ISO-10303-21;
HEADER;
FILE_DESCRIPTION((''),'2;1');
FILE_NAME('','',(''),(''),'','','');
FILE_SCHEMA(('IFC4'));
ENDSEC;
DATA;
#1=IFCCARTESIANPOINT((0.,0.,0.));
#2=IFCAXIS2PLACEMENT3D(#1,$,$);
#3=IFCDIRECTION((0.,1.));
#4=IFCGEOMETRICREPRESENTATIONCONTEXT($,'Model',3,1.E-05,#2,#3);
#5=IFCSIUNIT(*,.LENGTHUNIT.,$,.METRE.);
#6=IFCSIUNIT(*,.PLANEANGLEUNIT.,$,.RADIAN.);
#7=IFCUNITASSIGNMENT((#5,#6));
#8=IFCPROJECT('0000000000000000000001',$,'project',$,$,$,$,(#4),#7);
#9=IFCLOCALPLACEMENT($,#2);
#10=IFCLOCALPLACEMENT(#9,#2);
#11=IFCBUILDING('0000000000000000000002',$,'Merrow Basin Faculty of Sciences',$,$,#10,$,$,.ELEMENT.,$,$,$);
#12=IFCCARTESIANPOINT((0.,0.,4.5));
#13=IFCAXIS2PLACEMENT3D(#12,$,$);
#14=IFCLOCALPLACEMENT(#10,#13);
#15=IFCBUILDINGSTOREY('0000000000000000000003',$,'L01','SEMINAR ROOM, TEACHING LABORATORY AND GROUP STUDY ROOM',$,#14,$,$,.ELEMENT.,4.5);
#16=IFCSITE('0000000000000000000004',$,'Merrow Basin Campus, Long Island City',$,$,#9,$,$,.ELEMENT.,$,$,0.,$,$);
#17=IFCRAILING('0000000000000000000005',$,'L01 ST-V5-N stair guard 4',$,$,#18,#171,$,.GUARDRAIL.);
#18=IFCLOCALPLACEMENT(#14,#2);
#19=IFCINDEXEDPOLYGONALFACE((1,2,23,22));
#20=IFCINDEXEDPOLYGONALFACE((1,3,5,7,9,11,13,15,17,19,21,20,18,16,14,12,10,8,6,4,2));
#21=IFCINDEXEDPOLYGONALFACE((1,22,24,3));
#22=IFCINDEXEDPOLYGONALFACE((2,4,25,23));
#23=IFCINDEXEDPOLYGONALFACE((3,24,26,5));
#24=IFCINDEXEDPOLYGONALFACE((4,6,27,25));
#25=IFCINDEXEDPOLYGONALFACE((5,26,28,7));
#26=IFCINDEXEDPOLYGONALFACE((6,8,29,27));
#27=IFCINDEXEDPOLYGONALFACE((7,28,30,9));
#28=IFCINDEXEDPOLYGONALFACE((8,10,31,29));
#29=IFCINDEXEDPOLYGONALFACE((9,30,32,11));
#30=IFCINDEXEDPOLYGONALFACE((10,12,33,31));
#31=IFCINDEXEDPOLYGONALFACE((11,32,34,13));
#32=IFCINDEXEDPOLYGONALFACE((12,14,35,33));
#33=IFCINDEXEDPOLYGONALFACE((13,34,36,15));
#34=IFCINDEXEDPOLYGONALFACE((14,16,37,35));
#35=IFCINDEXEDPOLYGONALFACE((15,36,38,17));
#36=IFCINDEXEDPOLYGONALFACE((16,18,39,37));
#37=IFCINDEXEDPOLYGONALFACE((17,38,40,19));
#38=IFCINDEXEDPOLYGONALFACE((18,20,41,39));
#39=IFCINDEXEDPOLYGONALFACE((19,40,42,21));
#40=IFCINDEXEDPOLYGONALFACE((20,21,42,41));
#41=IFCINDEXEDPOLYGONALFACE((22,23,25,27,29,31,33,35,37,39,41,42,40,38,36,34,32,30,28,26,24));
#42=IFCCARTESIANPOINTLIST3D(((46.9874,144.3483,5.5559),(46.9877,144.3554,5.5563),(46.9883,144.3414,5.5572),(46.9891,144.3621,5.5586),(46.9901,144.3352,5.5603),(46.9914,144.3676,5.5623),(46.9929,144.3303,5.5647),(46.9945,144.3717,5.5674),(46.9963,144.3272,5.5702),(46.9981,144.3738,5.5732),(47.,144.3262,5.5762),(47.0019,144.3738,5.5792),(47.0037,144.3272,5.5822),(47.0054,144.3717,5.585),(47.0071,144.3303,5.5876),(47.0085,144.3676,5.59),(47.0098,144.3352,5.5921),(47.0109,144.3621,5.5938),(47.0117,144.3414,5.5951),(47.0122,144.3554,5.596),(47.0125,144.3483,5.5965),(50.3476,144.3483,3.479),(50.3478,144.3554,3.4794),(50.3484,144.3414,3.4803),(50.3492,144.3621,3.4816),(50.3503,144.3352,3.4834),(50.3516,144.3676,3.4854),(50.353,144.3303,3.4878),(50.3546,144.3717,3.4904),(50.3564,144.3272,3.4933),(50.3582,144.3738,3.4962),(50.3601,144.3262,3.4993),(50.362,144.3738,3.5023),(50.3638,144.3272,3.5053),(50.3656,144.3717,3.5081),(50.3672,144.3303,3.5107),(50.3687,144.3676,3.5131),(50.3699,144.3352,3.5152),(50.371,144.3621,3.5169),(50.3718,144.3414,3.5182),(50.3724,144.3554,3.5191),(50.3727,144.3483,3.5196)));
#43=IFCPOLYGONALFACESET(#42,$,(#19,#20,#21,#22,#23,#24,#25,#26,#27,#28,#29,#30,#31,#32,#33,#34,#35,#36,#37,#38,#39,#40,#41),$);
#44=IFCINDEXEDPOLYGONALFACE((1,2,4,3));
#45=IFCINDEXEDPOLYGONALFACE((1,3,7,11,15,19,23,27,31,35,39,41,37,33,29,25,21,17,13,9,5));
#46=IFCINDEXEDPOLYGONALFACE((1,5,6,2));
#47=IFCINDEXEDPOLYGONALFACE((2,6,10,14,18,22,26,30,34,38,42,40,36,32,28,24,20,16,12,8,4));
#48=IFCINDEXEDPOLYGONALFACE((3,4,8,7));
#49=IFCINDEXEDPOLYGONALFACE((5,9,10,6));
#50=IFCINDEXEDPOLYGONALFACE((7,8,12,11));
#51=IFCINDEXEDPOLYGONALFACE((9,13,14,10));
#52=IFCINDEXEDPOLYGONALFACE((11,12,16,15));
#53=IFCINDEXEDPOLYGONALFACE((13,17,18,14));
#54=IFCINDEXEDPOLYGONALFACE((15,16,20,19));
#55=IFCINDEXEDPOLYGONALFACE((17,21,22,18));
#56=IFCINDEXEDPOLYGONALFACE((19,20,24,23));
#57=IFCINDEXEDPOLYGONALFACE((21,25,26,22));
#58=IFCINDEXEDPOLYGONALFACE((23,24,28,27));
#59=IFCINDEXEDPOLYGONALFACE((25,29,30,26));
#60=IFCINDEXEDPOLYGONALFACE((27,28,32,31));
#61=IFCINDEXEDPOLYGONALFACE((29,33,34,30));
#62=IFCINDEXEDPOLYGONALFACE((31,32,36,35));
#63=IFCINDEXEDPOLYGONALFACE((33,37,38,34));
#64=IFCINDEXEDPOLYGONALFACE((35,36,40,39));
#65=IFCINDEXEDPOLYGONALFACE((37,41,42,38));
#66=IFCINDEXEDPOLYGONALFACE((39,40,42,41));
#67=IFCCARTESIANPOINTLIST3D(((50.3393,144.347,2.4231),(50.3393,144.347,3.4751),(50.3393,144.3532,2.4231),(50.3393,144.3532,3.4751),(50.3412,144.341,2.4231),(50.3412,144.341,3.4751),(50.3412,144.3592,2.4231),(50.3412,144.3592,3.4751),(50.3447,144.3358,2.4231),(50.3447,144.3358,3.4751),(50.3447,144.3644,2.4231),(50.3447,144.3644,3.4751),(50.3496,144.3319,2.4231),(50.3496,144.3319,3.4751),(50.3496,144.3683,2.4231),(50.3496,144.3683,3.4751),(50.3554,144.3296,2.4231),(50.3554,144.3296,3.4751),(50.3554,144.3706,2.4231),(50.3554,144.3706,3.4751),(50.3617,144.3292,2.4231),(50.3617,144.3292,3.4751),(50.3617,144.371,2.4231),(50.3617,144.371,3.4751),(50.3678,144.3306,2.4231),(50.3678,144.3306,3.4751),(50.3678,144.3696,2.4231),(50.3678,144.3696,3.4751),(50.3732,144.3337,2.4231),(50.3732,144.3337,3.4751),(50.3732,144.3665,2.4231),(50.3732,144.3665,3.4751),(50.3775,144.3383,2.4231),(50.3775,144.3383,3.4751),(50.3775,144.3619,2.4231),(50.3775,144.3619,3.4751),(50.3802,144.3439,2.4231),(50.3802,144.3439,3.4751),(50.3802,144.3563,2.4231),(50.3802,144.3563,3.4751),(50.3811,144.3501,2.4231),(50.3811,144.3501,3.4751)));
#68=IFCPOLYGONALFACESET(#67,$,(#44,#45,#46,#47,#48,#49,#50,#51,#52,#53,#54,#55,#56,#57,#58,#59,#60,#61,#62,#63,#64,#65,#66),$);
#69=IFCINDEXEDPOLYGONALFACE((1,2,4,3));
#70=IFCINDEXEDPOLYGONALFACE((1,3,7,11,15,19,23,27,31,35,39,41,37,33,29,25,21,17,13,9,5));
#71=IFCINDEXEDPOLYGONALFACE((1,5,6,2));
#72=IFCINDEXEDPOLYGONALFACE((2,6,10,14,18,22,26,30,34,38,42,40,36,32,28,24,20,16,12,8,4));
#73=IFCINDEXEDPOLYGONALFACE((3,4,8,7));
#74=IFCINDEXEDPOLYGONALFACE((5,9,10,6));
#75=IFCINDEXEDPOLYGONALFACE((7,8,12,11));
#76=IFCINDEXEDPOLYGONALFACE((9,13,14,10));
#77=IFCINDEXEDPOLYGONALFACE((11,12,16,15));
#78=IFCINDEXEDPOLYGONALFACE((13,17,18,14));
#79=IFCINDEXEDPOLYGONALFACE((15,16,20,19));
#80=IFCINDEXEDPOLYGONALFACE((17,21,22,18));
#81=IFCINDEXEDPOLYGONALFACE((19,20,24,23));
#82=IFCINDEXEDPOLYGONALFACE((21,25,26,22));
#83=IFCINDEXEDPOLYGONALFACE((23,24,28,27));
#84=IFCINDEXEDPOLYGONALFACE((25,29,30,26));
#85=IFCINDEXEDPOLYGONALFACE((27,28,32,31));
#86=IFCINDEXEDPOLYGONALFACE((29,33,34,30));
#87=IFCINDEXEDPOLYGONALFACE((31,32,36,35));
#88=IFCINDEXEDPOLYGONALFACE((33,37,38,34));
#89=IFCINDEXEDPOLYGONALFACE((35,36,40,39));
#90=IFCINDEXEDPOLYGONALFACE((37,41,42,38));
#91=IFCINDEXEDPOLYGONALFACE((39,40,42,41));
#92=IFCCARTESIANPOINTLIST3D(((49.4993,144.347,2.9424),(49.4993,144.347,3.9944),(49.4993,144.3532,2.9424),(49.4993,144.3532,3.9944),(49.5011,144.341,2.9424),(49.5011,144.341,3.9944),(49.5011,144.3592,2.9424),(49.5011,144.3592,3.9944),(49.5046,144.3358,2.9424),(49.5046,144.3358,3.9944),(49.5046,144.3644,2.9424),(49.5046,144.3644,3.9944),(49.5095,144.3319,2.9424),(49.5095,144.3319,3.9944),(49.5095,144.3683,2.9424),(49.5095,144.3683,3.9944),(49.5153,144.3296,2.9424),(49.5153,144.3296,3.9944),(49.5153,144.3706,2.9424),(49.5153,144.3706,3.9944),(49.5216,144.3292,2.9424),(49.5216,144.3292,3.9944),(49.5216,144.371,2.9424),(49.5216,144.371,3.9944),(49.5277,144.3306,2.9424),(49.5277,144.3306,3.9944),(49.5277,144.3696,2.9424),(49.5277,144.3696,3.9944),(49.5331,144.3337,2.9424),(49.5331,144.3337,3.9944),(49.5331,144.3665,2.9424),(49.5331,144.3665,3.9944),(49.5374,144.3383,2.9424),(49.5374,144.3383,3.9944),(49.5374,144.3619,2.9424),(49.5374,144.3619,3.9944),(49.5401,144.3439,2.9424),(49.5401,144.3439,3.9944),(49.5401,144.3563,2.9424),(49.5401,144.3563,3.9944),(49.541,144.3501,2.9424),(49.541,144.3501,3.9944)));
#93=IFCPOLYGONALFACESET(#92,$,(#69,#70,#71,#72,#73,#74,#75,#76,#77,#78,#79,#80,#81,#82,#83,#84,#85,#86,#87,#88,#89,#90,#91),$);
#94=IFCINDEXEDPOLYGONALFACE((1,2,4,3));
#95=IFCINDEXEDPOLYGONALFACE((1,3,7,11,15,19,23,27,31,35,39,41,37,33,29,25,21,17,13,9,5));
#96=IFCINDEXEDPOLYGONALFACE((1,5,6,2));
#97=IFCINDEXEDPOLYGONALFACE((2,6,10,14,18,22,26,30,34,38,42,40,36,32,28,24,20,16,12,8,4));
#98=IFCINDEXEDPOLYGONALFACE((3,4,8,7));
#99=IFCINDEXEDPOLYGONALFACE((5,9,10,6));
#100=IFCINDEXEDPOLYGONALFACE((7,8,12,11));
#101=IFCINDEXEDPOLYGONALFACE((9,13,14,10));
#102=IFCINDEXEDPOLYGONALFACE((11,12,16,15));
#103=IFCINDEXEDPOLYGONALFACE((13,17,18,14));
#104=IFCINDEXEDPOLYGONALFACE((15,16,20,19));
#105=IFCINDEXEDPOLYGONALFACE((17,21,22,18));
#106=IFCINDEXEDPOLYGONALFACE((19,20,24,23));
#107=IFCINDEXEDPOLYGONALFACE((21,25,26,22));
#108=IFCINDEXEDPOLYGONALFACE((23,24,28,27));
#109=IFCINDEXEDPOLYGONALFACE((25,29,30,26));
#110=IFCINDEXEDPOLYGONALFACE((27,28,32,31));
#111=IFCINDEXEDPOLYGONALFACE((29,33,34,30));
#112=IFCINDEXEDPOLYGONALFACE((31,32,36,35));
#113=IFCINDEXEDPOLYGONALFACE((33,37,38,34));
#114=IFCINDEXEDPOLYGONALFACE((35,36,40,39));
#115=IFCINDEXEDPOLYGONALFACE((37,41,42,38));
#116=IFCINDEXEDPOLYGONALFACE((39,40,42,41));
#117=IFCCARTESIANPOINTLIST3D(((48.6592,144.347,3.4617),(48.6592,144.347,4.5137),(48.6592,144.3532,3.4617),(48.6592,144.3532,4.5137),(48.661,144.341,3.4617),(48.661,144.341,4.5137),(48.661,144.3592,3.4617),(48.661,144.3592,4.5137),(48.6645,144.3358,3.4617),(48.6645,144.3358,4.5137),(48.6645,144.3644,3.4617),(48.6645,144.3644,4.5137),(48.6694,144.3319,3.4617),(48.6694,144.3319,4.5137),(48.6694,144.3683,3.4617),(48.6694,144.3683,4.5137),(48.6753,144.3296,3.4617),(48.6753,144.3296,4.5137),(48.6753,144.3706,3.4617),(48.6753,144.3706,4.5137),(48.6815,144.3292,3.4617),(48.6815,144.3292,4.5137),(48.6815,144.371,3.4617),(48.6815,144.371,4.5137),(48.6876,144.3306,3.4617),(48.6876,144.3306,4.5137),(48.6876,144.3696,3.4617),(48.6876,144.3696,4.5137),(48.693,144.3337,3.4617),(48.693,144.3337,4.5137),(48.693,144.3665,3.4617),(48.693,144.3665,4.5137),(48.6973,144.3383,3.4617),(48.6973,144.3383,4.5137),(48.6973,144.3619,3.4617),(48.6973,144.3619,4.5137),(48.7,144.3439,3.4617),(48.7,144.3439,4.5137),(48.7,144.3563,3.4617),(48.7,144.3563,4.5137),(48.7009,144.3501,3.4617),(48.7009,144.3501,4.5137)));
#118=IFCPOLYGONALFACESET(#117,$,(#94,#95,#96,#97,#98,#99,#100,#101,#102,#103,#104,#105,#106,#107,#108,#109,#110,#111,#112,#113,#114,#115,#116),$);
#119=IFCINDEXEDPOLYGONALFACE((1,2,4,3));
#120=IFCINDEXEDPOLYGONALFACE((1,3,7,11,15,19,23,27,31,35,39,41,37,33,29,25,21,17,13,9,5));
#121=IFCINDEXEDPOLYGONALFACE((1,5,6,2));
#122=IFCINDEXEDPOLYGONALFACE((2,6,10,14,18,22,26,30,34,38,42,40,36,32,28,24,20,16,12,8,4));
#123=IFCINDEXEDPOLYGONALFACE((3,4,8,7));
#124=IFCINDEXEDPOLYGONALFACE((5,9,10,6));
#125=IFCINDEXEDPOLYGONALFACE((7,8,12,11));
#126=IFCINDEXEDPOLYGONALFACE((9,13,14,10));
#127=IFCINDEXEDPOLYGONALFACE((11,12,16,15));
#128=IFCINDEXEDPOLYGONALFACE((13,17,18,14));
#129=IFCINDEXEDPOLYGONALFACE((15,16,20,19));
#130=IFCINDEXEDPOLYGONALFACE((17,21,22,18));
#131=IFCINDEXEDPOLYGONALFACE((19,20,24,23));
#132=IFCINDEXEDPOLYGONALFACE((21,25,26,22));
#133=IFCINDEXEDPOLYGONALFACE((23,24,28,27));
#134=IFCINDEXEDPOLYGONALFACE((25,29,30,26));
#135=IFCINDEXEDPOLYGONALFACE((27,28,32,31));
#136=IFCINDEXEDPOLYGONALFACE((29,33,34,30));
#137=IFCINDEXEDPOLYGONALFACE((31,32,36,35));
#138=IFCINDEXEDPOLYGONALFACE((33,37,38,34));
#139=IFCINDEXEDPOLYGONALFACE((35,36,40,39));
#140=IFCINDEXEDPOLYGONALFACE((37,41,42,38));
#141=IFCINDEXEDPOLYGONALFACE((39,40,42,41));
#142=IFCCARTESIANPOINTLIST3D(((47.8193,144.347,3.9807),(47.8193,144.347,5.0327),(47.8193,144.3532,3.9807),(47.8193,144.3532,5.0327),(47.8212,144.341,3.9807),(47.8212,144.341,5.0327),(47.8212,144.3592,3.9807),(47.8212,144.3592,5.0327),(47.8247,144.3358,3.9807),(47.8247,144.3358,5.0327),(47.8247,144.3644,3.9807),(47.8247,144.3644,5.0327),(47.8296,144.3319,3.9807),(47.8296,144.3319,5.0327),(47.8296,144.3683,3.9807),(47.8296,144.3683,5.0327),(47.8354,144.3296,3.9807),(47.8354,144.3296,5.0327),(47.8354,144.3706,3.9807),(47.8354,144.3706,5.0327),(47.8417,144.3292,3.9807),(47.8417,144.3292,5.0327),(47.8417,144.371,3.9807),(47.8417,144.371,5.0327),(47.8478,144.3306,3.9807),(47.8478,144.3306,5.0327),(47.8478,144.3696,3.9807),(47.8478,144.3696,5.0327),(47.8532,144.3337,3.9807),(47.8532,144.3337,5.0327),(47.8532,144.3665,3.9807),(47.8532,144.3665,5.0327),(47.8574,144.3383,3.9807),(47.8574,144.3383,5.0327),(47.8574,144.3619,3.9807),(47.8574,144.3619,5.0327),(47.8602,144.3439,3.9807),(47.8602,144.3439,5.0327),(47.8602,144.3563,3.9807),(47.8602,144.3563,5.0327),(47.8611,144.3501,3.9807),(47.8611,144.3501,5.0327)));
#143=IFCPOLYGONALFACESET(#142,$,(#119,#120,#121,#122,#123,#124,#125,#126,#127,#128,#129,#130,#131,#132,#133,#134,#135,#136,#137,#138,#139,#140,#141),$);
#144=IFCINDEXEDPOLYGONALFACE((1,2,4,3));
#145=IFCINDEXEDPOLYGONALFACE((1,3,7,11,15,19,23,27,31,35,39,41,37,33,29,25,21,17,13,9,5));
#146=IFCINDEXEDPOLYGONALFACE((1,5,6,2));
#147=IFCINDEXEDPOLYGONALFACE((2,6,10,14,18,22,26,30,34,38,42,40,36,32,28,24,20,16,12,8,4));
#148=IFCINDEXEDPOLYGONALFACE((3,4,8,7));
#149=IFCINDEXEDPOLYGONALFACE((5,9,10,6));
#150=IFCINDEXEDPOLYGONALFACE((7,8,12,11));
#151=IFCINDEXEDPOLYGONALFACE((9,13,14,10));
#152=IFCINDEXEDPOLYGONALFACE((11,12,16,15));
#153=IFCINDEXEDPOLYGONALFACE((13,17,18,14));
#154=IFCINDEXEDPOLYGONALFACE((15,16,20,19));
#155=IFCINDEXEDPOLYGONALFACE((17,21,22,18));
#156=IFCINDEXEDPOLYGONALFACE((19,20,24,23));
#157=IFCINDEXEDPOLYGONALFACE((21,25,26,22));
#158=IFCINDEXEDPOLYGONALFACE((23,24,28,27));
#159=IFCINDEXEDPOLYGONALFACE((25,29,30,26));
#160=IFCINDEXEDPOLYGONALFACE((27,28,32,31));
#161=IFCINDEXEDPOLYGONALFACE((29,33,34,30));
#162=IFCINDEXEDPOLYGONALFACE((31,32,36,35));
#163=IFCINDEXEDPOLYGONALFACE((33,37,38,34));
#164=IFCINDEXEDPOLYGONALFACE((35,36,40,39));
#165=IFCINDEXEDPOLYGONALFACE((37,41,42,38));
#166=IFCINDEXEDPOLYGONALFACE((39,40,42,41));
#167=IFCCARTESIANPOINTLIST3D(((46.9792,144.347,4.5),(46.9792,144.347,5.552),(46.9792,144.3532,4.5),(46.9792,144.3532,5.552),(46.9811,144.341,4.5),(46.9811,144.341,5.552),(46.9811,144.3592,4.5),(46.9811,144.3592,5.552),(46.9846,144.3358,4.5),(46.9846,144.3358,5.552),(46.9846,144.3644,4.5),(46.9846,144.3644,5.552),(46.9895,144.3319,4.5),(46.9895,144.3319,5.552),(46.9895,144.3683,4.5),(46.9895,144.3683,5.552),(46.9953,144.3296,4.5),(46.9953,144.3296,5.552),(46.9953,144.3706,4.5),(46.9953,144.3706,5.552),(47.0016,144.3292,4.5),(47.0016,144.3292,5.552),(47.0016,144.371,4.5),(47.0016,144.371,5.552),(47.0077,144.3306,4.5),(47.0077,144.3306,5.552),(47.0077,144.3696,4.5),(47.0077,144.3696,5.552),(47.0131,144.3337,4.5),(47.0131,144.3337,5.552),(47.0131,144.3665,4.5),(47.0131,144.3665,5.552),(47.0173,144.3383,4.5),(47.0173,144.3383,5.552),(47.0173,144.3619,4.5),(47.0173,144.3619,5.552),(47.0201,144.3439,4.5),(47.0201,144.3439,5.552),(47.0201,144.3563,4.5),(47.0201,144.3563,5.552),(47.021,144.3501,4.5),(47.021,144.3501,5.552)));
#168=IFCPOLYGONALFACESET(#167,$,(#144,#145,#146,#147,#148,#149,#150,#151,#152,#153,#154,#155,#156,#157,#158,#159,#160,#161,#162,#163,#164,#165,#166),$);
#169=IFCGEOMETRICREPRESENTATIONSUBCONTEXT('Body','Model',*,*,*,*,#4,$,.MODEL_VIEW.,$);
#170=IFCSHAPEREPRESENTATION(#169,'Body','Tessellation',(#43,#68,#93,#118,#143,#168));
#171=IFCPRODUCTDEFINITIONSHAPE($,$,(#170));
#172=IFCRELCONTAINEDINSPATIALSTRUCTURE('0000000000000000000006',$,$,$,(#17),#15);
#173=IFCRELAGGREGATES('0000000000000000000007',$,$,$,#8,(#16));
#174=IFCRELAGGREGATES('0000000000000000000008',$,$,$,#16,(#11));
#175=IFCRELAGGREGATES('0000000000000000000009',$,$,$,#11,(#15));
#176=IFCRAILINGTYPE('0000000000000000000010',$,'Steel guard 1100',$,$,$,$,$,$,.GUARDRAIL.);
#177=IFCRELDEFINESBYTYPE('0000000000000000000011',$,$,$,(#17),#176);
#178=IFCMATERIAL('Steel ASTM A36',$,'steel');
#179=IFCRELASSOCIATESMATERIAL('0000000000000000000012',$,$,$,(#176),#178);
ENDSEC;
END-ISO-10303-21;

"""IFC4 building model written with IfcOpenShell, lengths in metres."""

from ifc_helpers import new_model, si_unit, direction, frame, origin, origin_2d, place, context, subcontext, project, spatial, circle, extrude, material, type_object, element, save


model = new_model("IFC4")

# Units and contexts
model_context = context("Model", 3, precision=1e-05, world=origin(), true_north=direction((0.0, 1.0)))
body_context = subcontext(model_context, "Body", "Model", "MODEL_VIEW")
ifc_project = project(units=[si_unit("LENGTHUNIT", "METRE"), si_unit("PLANEANGLEUNIT", "RADIAN")], contexts=[model_context])

# Site, building, storey
site_placement = place(None, origin())
site = spatial("IfcSite", under=ifc_project, at=site_placement, Name="Merrow Basin Campus, Long Island City", CompositionType="ELEMENT", RefElevation=0.0)
building_placement = place(site_placement, origin())
building = spatial("IfcBuilding", under=site, at=building_placement, Name="Merrow Basin Faculty of Sciences", CompositionType="ELEMENT")
storey_placement = place(building_placement, frame((0.0, 0.0, 4.5)))
storey = spatial("IfcBuildingStorey", under=building, at=storey_placement, Name="L01", Description="SEMINAR ROOM, TEACHING LABORATORY AND GROUP STUDY ROOM", CompositionType="ELEMENT", Elevation=4.5)

# Railing
ifc_material_1 = material(Name="Steel ASTM A36", Category="steel")
railing_type_1 = type_object("IfcRailingType", Name="Steel guard 1100", PredefinedType="GUARDRAIL", material=ifc_material_1)
railing_1_placement = place(storey_placement, frame((50.3601, 144.3501, 2.4231)))
element("IfcRailing", 1, at=railing_1_placement, inside=storey, type_object=railing_type_1, Name="L01 ST-V5-N stair guard 4", PredefinedType="GUARDRAIL", context=body_context, shape_type="SweptSolid", body=[
    extrude(circle(Radius=0.0239, at=origin_2d()), frame((0.0, 0.0, 1.0762), z_axis=(-0.850623, 0.0, 0.525776), x_axis=(0.0, -1.0, 0.0)), (0.0, 0.0, 1.0), 3.9502),
    extrude(circle(Radius=0.021, at=origin_2d()), origin(), (0.0, 0.0, 1.0), 1.052),
    extrude(circle(Radius=0.021, at=origin_2d()), frame((-0.8401, 0.0, 0.5193)), (0.0, 0.0, 1.0), 1.052),
    extrude(circle(Radius=0.021, at=origin_2d()), frame((-1.6802, 0.0, 1.0386)), (0.0, 0.0, 1.0), 1.052),
    extrude(circle(Radius=0.021, at=origin_2d()), frame((-2.52, 0.0, 1.5576)), (0.0, 0.0, 1.0), 1.052),
    extrude(circle(Radius=0.021, at=origin_2d()), frame((-3.3601, 0.0, 2.0769)), (0.0, 0.0, 1.0), 1.052),
])

save(model, "model.ifc")
